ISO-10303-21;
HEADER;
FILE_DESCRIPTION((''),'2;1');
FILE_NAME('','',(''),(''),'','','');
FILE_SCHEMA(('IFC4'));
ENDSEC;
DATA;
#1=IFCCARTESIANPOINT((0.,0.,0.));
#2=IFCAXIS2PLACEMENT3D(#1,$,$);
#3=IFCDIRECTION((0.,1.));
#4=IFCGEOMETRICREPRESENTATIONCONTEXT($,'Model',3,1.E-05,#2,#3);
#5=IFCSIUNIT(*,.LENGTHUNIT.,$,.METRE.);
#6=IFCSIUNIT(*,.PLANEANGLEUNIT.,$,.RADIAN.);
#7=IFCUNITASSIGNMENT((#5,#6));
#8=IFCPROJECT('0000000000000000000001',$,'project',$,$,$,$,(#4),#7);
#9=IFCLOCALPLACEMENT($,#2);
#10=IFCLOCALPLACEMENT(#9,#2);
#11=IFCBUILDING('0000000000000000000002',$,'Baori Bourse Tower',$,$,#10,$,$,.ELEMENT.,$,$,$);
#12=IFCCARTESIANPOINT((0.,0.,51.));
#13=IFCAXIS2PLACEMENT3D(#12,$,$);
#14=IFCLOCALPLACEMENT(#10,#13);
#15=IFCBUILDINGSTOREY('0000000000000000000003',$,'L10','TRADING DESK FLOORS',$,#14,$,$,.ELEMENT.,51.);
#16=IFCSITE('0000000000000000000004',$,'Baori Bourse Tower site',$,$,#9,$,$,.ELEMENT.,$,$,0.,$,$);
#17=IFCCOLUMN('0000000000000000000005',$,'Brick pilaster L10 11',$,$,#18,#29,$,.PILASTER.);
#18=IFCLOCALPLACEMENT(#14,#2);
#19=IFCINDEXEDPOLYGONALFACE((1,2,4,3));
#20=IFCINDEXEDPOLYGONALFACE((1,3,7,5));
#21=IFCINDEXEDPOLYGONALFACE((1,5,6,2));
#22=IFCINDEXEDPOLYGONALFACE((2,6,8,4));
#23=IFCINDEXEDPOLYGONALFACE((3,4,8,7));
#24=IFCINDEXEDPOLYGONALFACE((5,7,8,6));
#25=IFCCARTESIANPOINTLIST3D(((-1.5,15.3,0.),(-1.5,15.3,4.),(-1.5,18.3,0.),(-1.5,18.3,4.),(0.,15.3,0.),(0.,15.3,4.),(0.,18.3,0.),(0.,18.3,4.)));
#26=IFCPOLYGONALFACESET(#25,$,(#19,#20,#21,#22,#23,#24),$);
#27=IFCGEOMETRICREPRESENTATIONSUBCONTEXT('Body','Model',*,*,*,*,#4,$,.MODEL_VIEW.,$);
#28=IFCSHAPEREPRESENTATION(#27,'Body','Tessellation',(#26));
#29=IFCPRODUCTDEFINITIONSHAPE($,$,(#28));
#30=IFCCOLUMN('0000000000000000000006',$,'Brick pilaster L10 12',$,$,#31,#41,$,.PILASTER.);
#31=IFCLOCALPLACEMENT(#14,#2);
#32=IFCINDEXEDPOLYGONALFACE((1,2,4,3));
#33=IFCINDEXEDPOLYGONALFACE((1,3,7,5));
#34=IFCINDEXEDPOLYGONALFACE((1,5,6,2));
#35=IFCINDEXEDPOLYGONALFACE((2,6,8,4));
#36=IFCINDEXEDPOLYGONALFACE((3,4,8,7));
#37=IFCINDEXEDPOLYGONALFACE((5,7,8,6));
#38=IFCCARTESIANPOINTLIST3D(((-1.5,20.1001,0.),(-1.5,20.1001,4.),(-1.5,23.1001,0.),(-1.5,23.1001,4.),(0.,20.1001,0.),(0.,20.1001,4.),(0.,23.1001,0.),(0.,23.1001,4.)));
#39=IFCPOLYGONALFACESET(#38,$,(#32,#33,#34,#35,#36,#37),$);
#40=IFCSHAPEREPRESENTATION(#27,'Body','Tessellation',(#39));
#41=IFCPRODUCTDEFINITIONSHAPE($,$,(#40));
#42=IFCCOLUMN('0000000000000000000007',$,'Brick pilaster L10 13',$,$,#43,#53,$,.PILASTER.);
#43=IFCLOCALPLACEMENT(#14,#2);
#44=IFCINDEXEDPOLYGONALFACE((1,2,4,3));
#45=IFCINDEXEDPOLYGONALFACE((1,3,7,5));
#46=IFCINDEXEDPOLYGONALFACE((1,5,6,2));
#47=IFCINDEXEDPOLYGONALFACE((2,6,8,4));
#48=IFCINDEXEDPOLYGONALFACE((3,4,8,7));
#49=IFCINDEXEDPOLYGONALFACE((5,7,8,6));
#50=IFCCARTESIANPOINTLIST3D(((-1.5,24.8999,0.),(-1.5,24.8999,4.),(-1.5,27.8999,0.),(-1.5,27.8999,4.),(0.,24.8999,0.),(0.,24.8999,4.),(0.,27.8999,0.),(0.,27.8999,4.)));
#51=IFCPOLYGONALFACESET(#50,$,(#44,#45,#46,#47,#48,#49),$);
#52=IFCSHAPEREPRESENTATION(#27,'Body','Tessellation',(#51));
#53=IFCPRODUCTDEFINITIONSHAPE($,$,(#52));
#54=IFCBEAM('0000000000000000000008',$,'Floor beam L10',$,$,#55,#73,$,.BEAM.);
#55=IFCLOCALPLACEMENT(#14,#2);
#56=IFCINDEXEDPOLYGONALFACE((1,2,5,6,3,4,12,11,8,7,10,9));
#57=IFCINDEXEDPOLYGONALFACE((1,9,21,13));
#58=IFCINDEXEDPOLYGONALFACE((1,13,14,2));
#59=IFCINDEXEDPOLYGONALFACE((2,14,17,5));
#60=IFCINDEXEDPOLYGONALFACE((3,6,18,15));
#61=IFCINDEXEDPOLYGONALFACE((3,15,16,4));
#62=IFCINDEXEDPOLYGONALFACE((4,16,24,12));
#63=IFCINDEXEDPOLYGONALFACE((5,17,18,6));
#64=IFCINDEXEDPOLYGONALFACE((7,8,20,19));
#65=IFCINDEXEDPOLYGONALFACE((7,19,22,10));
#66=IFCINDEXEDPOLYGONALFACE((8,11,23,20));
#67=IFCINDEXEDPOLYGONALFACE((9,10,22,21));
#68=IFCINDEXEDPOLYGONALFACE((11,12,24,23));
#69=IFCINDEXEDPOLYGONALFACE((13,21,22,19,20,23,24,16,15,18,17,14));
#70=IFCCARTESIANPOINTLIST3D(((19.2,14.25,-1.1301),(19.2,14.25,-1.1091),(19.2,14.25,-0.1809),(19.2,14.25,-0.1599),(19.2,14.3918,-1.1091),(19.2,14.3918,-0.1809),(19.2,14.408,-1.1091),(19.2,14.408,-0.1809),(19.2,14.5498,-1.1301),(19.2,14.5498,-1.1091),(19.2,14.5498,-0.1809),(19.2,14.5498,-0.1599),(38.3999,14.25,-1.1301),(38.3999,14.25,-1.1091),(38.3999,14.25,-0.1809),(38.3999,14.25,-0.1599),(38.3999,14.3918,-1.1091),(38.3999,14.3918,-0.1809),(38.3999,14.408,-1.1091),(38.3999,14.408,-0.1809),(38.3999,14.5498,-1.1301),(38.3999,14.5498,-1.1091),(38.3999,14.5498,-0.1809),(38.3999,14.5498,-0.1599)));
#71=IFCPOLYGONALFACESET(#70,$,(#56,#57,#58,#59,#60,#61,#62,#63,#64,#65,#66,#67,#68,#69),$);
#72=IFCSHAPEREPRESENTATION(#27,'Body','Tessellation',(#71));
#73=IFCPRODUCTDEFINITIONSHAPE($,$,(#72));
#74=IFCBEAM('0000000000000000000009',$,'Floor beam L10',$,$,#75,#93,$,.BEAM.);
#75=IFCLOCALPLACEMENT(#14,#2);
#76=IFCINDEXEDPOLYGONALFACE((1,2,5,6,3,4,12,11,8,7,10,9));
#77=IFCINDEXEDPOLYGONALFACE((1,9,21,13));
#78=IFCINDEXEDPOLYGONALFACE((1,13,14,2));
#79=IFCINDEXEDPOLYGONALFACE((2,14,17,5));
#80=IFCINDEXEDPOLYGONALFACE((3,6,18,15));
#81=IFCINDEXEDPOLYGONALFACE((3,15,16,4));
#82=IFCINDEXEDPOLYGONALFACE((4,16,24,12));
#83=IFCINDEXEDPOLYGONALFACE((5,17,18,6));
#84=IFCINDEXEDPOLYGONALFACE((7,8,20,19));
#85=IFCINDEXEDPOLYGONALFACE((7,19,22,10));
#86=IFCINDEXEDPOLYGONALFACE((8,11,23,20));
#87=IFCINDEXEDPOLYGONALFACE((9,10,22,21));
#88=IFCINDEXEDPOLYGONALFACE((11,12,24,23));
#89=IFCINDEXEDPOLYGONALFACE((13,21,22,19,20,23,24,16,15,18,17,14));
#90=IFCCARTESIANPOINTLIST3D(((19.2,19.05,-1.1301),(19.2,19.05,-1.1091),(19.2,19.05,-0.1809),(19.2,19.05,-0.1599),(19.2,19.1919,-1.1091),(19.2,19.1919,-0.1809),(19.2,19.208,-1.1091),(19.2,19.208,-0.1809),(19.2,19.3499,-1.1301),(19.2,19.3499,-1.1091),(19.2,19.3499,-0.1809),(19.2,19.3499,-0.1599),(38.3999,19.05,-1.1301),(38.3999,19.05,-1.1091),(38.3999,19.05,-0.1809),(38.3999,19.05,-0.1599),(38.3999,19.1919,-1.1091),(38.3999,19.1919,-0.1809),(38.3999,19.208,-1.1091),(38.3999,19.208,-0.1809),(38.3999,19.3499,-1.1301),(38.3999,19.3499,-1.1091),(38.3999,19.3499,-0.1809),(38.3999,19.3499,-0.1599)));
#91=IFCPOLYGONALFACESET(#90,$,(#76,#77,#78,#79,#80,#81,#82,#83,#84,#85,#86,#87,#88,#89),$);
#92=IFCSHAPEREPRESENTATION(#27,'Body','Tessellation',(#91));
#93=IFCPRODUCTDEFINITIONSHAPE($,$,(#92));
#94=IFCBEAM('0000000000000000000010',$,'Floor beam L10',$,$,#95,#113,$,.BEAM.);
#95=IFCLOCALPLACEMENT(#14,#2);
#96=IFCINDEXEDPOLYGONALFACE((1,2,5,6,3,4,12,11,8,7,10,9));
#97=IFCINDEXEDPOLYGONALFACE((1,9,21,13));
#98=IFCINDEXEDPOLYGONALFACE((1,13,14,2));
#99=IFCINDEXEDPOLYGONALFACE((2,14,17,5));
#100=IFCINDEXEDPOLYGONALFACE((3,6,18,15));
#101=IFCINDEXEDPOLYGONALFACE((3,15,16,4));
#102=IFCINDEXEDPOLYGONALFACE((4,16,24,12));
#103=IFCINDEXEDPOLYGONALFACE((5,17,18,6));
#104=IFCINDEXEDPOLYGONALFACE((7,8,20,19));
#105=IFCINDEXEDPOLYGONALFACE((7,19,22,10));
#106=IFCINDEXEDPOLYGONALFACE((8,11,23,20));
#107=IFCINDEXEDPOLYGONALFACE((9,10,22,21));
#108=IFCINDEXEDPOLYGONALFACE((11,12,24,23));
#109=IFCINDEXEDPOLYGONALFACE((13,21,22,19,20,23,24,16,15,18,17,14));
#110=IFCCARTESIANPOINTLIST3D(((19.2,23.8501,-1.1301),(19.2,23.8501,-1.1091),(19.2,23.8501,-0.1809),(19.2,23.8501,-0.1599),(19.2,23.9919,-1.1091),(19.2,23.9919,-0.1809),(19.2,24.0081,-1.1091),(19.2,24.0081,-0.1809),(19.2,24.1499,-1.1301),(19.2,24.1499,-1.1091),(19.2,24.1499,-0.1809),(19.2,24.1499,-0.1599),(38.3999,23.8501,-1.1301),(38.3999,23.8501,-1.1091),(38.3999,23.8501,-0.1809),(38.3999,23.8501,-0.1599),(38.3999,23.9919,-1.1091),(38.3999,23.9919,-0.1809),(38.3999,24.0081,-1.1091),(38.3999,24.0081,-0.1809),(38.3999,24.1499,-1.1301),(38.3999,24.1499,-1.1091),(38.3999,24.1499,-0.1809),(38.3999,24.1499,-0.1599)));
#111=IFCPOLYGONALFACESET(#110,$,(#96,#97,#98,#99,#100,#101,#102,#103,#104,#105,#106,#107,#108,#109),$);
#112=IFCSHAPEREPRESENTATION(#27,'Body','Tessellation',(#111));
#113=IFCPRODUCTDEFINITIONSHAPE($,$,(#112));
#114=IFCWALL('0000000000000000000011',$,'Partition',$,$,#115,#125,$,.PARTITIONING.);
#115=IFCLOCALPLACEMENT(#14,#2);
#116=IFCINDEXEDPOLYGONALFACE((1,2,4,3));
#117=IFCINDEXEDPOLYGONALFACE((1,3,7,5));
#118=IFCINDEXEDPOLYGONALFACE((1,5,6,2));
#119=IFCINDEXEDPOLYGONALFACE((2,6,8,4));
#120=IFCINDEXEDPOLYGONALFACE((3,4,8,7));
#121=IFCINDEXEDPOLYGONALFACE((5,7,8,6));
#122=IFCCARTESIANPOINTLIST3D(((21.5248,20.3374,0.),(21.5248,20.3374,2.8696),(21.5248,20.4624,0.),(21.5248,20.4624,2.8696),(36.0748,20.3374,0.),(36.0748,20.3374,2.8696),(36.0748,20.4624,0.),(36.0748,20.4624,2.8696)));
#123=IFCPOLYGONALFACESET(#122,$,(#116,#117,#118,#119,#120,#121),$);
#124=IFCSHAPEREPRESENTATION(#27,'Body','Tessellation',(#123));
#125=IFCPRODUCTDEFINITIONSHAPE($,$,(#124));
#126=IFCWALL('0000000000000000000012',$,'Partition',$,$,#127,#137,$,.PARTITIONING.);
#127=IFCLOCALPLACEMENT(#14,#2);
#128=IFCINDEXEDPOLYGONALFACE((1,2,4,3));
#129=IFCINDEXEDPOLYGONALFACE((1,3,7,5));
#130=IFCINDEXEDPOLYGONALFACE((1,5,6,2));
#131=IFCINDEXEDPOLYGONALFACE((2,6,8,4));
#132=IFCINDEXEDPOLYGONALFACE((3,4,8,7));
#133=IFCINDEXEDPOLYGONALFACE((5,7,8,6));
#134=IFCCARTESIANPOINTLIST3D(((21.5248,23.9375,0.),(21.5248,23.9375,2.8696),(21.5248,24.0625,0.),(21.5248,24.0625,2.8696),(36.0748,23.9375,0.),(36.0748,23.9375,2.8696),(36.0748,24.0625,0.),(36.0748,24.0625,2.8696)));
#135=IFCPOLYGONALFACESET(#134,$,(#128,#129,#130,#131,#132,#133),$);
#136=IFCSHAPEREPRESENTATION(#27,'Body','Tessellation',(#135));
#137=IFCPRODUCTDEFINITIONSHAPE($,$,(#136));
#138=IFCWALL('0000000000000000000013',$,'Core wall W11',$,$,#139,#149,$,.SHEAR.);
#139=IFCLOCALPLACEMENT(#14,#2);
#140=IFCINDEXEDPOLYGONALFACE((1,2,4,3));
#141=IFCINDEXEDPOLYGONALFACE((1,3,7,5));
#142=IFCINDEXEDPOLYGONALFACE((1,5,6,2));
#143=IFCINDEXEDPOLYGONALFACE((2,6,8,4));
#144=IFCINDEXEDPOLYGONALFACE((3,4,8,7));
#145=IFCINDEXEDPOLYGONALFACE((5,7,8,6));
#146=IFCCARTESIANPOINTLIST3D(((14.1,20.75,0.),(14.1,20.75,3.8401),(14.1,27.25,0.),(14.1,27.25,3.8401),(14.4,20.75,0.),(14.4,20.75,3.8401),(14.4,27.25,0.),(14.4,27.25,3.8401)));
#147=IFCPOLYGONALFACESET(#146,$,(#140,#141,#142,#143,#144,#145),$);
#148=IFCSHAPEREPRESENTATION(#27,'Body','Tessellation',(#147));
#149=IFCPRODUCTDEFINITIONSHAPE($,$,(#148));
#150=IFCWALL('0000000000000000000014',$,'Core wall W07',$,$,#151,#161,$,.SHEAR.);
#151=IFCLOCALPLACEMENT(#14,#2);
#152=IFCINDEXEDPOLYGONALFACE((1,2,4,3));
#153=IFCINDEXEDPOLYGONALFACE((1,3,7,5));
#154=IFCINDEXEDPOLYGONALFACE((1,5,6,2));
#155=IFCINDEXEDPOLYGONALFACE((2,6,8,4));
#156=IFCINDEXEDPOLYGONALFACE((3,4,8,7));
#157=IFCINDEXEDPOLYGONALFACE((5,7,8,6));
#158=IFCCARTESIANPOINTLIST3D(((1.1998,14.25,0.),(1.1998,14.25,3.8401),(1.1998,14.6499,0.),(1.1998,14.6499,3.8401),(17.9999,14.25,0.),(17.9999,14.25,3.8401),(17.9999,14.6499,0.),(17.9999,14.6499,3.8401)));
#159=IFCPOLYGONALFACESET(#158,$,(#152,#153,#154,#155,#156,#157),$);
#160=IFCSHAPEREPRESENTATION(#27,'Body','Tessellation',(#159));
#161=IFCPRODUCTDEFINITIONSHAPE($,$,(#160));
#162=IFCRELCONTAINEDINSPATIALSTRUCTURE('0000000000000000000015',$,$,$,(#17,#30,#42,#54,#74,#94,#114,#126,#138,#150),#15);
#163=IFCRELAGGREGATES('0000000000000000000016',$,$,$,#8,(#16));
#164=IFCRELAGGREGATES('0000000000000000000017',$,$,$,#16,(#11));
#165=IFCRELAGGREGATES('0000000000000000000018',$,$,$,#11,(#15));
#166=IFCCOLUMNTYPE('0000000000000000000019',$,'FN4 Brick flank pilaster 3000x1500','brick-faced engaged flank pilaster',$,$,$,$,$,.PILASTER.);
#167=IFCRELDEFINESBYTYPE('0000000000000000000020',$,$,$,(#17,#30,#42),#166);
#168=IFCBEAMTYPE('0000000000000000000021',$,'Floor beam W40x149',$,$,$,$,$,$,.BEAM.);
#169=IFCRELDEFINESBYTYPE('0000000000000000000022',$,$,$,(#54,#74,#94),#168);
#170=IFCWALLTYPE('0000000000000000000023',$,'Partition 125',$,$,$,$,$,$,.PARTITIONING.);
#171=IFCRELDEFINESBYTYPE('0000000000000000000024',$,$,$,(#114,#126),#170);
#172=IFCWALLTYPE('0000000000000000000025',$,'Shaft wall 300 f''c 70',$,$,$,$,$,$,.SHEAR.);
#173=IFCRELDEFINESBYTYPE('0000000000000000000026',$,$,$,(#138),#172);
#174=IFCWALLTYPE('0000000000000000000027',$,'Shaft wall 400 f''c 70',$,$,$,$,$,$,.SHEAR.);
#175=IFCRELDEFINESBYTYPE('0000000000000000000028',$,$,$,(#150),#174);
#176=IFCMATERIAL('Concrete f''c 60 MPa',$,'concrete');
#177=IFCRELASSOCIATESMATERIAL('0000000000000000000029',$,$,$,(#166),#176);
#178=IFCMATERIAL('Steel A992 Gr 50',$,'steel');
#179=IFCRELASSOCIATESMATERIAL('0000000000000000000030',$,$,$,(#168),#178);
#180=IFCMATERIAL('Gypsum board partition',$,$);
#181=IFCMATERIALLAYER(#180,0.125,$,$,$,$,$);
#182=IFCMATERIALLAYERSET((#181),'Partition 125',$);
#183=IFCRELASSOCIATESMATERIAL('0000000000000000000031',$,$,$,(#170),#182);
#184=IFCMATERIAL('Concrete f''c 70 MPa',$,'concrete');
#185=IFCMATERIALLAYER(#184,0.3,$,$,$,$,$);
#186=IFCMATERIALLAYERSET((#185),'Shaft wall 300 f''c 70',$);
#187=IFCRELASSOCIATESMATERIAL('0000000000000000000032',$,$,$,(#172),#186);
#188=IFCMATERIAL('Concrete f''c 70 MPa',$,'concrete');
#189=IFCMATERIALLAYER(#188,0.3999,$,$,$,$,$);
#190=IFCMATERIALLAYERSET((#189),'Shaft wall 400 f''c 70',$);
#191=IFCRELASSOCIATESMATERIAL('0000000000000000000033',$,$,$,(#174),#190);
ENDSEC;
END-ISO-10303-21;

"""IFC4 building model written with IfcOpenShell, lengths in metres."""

from ifc_helpers import new_model, si_unit, direction, frame, frame_2d, origin, origin_2d, place, context, subcontext, project, spatial, rectangle, i_section, extrude, material, layer, layer_set, material_profile, profile_set, type_object, element, save


model = new_model("IFC4")

# Units and contexts
model_context = context("Model", 3, precision=1e-05, world=origin(), true_north=direction((0.0, 1.0)))
body_context = subcontext(model_context, "Body", "Model", "MODEL_VIEW")
ifc_project = project(units=[si_unit("LENGTHUNIT", "METRE"), si_unit("PLANEANGLEUNIT", "RADIAN")], contexts=[model_context])

# Site, building, storey
site_placement = place(None, origin())
site = spatial("IfcSite", under=ifc_project, at=site_placement, Name="Baori Bourse Tower site", CompositionType="ELEMENT", RefElevation=0.0)
building_placement = place(site_placement, origin())
building = spatial("IfcBuilding", under=site, at=building_placement, Name="Baori Bourse Tower", CompositionType="ELEMENT")
storey_placement = place(building_placement, frame((0.0, 0.0, 51.0)))
storey = spatial("IfcBuildingStorey", under=building, at=storey_placement, Name="L10", Description="TRADING DESK FLOORS", CompositionType="ELEMENT", Elevation=51.0)

# Columns
ifc_material_1 = material(Name="Concrete f'c 60 MPa", Category="concrete")
ifc_material_profile_1 = material_profile(ifc_material_1, rectangle(XDim=3.0, YDim=1.5, at=origin_2d()), Name="RC 3000x1500")
ifc_profile_set_1 = profile_set([ifc_material_profile_1], Name="Concrete f'c 60 MPa")
column_type = type_object("IfcColumnType", Name="FN4 Brick flank pilaster 3000x1500", Description="brick-faced engaged flank pilaster", PredefinedType="PILASTER", material=ifc_profile_set_1)
for number, where, z_axis, x_axis, name in (
    (1, (-0.75, 16.8, 0.0), (0.0, 0.0, 1.0), (0.0, 1.0, 0.0), "Brick pilaster L10 11"),
    (2, (-0.75, 21.6001, 0.0), (0.0, 0.0, 1.0), (0.0, 1.0, 0.0), "Brick pilaster L10 12"),
    (3, (-0.75, 26.3999, 0.0), (0.0, 0.0, 1.0), (0.0, 1.0, 0.0), "Brick pilaster L10 13"),
):
    element("IfcColumn", number, at=place(storey_placement, frame(where, z_axis=z_axis, x_axis=x_axis)), inside=storey, type_object=column_type, Name=name, PredefinedType="PILASTER", context=body_context, shape_type="SweptSolid", body=[
        extrude(rectangle(XDim=3.0, YDim=1.5, at=origin_2d()), origin(), (0.0, 0.0, 1.0), 4.0),
    ])

# Beams
ifc_material_2 = material(Name="Steel A992 Gr 50", Category="steel")
ifc_material_profile_2 = material_profile(ifc_material_2, i_section(OverallWidth=0.2998, OverallDepth=0.9702, WebThickness=0.0161, FlangeThickness=0.021, at=origin_2d()), Name="W40x149")
ifc_profile_set_2 = profile_set([ifc_material_profile_2], Name="Steel A992 Gr 50")
beam_type = type_object("IfcBeamType", Name="Floor beam W40x149", PredefinedType="BEAM", material=ifc_profile_set_2)
for number, where, z_axis, x_axis, name in (
    (4, (19.2, 14.3999, -0.645), (1.0, 0.0, 0.0), (0.0, 1.0, 0.0), "Floor beam L10"),
    (5, (19.2, 19.2, -0.645), (1.0, 0.0, 0.0), (0.0, 1.0, 0.0), "Floor beam L10"),
    (6, (19.2, 24.0, -0.645), (1.0, 0.0, 0.0), (0.0, 1.0, 0.0), "Floor beam L10"),
):
    element("IfcBeam", number, at=place(storey_placement, frame(where, z_axis=z_axis, x_axis=x_axis)), inside=storey, type_object=beam_type, Name=name, PredefinedType="BEAM", context=body_context, shape_type="SweptSolid", body=[
        extrude(i_section(OverallWidth=0.2998, OverallDepth=0.9702, WebThickness=0.0161, FlangeThickness=0.021, at=origin_2d()), origin(), (0.0, 0.0, 1.0), 19.2),
    ])

# Walls
ifc_material_3 = material(Name="Gypsum board partition")
ifc_layer_1 = layer(ifc_material_3, 0.125)
ifc_layer_set_1 = layer_set([ifc_layer_1], Name="Partition 125")
wall_type_1 = type_object("IfcWallType", Name="Partition 125", PredefinedType="PARTITIONING", material=ifc_layer_set_1)
for number, where, z_axis, x_axis, name in (
    (7, (21.5249, 20.3999, 0.0), (0.0, 0.0, 1.0), (1.0, 0.0, 0.0), "Partition"),
    (8, (21.5249, 24.0, 0.0), (0.0, 0.0, 1.0), (1.0, 0.0, 0.0), "Partition"),
):
    element("IfcWall", number, at=place(storey_placement, frame(where, z_axis=z_axis, x_axis=x_axis)), inside=storey, type_object=wall_type_1, Name=name, PredefinedType="PARTITIONING", context=body_context, shape_type="SweptSolid", body=[
        extrude(rectangle(XDim=14.55, YDim=0.125, at=frame_2d((7.2749, 0.0))), origin(), (0.0, 0.0, 1.0), 2.8696),
    ])
ifc_material_4 = material(Name="Concrete f'c 70 MPa", Category="concrete")
ifc_layer_2 = layer(ifc_material_4, 0.3)
ifc_layer_set_2 = layer_set([ifc_layer_2], Name="Shaft wall 300 f'c 70")
wall_type_2 = type_object("IfcWallType", Name="Shaft wall 300 f'c 70", PredefinedType="SHEAR", material=ifc_layer_set_2)
wall_1_placement = place(storey_placement, frame((14.25, 20.75, 0.0), z_axis=(0.0, 0.0, 1.0), x_axis=(0.0, 1.0, 0.0)))
element("IfcWall", 9, at=wall_1_placement, inside=storey, type_object=wall_type_2, Name="Core wall W11", PredefinedType="SHEAR", context=body_context, shape_type="SweptSolid", body=[
    extrude(rectangle(XDim=6.5, YDim=0.3, at=frame_2d((3.25, 0.0))), origin(), (0.0, 0.0, 1.0), 3.8401),
])
ifc_material_5 = material(Name="Concrete f'c 70 MPa", Category="concrete")
ifc_layer_3 = layer(ifc_material_5, 0.3999)
ifc_layer_set_3 = layer_set([ifc_layer_3], Name="Shaft wall 400 f'c 70")
wall_type_3 = type_object("IfcWallType", Name="Shaft wall 400 f'c 70", PredefinedType="SHEAR", material=ifc_layer_set_3)
wall_2_placement = place(storey_placement, frame((1.2, 14.45, 0.0), z_axis=(0.0, 0.0, 1.0), x_axis=(1.0, 0.0, 0.0)))
element("IfcWall", 10, at=wall_2_placement, inside=storey, type_object=wall_type_3, Name="Core wall W07", PredefinedType="SHEAR", context=body_context, shape_type="SweptSolid", body=[
    extrude(rectangle(XDim=16.8, YDim=0.3999, at=frame_2d((8.3999, 0.0))), origin(), (0.0, 0.0, 1.0), 3.8401),
])

save(model, "model.ifc")
